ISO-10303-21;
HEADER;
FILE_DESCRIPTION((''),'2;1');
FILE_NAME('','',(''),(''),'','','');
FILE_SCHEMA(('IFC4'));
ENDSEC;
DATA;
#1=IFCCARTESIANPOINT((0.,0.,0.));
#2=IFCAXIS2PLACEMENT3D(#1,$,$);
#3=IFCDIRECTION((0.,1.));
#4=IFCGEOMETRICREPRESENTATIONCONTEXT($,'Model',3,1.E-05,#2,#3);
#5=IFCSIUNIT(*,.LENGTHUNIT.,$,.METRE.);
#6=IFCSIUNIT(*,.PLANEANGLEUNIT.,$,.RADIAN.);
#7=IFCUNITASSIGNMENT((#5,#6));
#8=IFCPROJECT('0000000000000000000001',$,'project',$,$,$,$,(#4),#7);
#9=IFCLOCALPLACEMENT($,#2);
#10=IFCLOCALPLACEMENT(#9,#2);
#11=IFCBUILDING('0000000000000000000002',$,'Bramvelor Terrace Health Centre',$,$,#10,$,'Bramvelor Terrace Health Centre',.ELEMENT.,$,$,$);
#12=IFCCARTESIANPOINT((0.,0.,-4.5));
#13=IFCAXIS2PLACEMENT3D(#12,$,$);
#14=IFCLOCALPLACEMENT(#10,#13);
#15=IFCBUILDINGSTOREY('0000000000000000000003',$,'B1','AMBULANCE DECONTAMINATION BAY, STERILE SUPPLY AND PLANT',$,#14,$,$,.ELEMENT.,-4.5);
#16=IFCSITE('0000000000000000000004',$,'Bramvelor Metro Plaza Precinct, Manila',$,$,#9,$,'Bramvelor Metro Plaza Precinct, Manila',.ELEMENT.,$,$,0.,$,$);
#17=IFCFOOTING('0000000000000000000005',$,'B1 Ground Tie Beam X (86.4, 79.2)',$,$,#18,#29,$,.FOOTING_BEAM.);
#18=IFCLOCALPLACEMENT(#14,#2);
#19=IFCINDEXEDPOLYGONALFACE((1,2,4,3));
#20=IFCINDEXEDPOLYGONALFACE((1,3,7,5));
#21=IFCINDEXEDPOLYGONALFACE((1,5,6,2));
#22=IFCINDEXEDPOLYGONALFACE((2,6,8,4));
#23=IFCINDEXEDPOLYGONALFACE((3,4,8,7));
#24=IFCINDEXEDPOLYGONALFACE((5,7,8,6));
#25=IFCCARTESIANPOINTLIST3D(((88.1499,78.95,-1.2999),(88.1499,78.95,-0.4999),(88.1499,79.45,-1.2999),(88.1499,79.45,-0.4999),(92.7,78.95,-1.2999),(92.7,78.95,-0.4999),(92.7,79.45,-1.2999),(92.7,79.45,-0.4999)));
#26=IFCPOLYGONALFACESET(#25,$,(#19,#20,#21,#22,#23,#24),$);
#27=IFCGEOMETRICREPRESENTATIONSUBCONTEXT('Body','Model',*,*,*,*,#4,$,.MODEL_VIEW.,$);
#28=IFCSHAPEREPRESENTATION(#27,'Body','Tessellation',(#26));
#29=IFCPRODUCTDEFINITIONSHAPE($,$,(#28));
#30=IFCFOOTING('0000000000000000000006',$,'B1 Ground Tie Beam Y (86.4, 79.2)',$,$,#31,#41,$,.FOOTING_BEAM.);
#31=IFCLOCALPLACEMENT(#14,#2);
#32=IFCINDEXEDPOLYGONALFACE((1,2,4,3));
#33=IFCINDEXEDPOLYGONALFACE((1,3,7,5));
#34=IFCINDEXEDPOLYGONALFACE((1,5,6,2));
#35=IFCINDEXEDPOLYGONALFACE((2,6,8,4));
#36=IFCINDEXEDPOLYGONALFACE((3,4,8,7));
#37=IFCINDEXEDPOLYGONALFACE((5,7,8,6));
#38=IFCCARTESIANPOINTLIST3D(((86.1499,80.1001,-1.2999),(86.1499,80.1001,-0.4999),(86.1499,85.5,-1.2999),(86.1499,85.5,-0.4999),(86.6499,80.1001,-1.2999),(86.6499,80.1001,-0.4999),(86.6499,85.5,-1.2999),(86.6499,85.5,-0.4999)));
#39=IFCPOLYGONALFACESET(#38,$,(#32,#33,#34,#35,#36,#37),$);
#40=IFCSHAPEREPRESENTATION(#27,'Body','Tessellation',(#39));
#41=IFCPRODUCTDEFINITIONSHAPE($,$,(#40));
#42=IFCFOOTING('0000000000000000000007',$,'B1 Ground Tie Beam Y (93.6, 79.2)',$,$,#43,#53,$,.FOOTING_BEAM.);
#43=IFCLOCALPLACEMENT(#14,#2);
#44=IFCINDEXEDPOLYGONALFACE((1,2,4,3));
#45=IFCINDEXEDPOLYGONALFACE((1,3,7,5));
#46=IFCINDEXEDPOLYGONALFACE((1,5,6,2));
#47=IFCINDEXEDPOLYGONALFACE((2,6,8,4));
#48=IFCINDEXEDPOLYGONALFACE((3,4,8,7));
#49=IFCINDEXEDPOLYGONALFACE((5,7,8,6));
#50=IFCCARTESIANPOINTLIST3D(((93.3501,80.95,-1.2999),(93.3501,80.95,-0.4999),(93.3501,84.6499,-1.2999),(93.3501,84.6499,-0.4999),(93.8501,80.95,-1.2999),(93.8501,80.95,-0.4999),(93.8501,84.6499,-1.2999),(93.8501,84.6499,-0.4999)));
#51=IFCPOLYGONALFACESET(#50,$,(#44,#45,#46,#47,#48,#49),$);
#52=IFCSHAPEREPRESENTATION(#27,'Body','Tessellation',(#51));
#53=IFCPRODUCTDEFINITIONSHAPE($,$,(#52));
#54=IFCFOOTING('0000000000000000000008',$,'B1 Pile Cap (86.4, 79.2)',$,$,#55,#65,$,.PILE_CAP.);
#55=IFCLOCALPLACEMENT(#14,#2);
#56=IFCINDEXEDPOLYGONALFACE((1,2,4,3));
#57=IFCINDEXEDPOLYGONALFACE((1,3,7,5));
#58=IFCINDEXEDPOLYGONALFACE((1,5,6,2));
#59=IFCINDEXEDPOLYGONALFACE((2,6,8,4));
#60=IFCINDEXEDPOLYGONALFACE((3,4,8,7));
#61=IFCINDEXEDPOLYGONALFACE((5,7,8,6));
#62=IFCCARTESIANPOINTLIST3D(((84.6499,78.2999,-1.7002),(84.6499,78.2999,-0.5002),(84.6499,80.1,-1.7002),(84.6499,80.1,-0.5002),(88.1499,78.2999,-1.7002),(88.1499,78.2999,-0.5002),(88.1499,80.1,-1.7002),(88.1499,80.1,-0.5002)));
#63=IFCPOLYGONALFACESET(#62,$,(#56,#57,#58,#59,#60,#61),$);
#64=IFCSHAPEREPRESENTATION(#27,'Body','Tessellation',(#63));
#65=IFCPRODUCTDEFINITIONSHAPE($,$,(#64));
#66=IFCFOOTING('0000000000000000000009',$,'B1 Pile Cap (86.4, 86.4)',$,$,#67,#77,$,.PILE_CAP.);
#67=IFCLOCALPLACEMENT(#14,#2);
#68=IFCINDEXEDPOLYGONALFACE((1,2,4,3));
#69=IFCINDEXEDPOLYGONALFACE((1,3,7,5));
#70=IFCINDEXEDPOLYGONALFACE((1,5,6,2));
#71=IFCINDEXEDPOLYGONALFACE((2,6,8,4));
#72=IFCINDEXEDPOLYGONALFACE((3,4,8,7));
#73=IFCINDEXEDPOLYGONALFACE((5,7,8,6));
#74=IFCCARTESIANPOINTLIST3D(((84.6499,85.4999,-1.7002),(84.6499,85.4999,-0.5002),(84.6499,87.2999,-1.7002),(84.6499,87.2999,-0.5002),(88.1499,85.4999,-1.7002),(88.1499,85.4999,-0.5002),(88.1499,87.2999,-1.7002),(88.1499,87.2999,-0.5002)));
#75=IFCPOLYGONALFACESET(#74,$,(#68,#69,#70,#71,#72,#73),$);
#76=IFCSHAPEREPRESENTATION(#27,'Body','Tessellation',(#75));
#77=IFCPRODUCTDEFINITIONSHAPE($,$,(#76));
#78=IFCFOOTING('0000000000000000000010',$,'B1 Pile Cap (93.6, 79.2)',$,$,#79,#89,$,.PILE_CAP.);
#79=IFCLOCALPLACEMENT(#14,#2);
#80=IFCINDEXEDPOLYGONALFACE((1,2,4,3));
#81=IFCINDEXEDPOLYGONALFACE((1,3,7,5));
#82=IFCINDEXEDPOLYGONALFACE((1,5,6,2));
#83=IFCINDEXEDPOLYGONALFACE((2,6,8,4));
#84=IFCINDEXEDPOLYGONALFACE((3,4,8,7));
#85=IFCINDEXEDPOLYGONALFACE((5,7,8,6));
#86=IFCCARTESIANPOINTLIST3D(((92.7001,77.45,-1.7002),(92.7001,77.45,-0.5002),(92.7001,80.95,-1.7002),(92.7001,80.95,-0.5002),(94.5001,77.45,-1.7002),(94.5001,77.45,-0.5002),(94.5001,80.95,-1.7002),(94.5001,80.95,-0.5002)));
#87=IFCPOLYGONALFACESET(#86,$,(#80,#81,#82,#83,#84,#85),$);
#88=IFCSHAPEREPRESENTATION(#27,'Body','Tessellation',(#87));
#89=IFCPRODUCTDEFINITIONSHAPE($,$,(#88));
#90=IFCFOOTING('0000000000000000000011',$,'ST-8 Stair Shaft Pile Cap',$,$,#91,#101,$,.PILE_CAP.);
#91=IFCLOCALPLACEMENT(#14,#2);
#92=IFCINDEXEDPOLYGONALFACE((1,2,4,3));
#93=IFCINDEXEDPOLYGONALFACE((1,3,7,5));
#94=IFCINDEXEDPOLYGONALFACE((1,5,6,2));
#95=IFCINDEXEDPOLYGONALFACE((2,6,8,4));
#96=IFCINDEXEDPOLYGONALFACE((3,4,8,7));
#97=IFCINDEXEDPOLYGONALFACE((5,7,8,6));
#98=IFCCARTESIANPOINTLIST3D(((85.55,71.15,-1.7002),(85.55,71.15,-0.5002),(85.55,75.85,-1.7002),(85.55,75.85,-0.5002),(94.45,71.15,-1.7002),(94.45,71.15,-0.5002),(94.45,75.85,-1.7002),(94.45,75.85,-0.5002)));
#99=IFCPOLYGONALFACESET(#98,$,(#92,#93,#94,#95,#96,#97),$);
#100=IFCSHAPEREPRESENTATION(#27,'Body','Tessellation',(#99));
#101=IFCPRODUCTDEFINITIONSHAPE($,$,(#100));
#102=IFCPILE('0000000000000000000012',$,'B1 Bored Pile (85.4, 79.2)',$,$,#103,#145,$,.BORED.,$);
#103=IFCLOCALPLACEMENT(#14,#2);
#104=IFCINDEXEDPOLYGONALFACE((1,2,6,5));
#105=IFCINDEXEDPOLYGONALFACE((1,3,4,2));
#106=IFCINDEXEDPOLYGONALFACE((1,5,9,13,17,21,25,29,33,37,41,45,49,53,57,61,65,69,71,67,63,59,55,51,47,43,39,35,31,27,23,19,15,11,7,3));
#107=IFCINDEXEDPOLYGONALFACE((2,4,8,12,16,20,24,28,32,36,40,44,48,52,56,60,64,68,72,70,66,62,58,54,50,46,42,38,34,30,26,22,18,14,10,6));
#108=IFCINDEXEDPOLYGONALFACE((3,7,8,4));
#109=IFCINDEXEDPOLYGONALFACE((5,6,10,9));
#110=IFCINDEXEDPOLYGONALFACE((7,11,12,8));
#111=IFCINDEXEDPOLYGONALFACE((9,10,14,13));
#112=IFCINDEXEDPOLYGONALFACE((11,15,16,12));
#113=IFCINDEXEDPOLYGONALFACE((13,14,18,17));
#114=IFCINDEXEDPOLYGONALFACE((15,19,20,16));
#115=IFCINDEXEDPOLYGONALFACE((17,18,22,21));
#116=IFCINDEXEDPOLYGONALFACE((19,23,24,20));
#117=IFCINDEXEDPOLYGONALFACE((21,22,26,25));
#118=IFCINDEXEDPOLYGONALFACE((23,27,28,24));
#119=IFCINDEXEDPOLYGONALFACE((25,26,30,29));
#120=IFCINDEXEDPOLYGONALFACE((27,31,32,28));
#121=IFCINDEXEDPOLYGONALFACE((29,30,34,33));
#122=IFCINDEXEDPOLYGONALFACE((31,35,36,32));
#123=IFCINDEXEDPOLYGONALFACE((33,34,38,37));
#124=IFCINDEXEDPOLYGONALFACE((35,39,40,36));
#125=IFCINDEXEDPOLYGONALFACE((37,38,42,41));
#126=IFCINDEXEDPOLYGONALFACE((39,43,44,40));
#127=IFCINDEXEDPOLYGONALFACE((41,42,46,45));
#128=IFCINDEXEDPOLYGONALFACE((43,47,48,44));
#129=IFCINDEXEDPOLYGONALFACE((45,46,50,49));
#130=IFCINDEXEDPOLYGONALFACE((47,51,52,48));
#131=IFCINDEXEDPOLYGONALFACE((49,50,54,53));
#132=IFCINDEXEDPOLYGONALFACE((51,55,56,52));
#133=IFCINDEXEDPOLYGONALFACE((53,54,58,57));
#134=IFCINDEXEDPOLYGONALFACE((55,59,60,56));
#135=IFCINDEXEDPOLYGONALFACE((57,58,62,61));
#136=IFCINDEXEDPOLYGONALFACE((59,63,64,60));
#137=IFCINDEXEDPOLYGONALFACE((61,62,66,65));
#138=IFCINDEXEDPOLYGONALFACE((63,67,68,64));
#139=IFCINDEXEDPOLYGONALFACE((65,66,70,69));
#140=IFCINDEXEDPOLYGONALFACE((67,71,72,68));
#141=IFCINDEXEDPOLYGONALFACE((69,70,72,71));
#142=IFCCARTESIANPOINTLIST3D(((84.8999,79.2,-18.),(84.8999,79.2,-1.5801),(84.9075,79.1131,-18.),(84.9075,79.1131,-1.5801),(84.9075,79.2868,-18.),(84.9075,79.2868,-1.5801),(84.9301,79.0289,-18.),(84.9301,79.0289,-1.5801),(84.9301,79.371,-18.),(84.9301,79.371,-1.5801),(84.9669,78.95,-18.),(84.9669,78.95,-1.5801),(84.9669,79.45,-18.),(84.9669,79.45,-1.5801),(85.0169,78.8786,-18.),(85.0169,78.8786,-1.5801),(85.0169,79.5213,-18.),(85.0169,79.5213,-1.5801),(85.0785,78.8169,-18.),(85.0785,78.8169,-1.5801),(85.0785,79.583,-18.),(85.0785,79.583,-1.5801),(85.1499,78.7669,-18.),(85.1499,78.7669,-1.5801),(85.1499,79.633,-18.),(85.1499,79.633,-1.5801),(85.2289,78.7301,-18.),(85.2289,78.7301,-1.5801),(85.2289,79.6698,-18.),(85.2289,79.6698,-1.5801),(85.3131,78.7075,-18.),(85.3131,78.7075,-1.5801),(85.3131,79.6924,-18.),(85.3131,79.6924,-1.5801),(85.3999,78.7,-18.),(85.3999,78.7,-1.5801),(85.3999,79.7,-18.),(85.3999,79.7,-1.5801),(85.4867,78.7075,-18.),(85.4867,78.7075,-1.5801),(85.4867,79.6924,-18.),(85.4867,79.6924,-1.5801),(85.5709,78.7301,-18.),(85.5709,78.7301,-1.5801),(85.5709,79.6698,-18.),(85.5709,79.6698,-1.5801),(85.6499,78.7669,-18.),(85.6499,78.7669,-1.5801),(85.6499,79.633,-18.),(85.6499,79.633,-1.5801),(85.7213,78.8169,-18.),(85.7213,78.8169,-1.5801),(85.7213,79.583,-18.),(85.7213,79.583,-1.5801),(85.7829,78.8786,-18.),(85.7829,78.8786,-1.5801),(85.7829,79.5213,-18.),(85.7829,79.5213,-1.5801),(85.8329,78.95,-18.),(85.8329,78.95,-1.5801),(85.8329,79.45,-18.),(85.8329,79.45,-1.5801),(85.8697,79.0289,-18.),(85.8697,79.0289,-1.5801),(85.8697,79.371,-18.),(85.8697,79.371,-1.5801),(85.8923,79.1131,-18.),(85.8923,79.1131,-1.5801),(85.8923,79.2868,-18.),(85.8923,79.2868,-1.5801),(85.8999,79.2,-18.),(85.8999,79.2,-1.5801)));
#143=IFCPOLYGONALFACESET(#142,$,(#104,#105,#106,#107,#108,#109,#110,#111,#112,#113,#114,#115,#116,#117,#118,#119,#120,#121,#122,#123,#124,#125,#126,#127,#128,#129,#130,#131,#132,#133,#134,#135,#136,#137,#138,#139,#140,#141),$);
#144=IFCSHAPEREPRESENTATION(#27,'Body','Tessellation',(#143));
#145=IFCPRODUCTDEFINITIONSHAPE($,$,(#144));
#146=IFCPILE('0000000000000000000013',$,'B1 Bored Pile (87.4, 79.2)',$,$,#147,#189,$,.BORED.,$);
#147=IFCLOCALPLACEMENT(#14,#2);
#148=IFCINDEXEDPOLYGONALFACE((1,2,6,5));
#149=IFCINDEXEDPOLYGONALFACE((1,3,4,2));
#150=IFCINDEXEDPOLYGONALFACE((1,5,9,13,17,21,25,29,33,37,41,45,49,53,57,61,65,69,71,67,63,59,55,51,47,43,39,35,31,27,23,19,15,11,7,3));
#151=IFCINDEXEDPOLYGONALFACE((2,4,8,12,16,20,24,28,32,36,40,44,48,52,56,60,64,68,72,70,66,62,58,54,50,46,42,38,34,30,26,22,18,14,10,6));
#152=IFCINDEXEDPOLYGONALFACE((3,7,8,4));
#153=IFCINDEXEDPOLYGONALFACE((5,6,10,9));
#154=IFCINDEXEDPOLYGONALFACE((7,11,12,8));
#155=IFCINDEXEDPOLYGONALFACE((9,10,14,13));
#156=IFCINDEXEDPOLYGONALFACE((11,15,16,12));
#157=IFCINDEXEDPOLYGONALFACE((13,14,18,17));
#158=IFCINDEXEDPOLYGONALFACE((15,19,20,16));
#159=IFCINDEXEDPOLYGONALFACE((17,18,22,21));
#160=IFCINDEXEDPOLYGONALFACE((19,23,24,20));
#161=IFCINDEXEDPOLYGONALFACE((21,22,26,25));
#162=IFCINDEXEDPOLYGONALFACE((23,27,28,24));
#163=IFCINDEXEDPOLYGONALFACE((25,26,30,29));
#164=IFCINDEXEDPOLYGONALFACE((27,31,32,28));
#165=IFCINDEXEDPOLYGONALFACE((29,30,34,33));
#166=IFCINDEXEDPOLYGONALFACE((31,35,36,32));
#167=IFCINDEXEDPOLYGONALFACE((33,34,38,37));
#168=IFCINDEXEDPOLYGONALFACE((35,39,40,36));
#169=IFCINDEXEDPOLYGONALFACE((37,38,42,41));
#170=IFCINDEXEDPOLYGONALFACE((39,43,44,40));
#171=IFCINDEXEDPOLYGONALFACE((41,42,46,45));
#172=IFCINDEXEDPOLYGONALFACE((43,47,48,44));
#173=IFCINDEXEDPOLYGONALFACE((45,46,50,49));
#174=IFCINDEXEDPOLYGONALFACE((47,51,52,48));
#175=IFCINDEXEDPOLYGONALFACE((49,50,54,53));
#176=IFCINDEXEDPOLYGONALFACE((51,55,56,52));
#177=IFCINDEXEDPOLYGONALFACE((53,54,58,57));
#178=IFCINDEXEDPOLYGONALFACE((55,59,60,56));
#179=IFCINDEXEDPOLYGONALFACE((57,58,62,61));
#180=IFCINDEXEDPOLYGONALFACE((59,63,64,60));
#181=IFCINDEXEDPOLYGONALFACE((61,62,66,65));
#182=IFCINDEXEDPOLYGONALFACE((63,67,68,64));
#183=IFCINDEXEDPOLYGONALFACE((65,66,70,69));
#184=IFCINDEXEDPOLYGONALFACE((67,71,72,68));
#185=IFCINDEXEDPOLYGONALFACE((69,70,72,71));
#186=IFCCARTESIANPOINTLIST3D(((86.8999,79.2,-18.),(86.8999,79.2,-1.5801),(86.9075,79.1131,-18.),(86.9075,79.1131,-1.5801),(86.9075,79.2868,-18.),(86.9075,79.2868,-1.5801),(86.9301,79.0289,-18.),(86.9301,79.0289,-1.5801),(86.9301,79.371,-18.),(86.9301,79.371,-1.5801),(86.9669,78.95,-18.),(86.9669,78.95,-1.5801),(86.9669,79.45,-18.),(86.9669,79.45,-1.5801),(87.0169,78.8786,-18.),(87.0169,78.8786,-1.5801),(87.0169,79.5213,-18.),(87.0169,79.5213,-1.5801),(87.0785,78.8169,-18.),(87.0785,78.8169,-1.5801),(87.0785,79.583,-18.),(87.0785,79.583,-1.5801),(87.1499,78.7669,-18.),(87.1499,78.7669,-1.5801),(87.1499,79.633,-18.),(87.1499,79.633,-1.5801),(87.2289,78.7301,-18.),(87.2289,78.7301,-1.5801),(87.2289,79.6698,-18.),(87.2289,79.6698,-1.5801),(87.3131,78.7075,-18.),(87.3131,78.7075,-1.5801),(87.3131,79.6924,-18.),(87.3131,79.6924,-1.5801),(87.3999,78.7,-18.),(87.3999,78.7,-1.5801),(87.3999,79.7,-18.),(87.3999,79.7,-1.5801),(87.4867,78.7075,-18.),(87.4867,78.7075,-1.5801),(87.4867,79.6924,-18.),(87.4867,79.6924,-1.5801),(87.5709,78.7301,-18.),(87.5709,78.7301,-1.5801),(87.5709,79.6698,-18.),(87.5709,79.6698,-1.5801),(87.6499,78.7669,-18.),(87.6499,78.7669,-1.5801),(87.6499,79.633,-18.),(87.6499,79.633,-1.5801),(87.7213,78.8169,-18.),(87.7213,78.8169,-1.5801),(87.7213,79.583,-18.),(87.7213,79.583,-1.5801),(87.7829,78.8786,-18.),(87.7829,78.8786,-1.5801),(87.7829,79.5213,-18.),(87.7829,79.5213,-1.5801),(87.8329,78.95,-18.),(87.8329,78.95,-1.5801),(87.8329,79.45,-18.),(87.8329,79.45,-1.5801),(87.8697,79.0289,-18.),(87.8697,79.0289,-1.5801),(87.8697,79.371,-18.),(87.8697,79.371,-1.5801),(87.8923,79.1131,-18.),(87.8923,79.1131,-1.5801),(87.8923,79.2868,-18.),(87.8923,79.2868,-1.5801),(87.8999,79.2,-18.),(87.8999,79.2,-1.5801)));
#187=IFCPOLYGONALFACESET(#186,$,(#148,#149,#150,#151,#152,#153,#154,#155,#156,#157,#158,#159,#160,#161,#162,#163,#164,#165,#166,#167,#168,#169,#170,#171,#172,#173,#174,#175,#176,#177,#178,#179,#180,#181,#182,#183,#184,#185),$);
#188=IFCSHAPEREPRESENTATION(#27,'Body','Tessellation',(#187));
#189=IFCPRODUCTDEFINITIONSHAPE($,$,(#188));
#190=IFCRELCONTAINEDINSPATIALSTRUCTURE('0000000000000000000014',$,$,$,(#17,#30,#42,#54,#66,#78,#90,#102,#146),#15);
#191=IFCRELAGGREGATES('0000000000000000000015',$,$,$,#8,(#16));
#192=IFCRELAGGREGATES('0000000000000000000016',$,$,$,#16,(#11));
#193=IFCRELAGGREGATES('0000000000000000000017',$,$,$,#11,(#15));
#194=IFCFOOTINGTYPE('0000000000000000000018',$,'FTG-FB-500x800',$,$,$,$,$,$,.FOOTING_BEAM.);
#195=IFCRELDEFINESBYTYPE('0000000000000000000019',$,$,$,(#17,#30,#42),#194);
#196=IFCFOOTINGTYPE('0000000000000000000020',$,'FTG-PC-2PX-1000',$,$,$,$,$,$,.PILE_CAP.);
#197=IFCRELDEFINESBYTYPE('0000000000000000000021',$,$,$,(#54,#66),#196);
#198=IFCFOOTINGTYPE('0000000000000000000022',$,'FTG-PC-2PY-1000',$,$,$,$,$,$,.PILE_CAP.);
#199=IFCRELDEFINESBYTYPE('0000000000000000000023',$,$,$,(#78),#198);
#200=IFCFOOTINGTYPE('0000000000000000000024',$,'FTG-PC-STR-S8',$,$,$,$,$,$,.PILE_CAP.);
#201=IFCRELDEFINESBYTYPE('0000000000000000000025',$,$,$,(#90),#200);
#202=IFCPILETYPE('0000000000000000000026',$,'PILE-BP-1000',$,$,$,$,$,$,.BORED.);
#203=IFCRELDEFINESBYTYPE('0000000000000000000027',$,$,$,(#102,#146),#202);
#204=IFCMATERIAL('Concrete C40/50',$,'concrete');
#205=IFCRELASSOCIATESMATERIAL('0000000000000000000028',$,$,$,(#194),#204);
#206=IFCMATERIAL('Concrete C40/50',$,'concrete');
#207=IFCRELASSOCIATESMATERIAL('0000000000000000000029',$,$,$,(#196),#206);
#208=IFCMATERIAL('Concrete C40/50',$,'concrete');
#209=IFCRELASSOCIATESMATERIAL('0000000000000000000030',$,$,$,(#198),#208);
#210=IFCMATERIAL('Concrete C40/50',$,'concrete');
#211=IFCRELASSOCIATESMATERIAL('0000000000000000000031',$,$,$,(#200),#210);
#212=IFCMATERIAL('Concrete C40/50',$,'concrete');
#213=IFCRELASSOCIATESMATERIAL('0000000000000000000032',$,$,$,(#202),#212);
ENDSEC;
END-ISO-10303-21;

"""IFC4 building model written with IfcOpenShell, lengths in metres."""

from ifc_helpers import new_model, si_unit, direction, frame, origin, origin_2d, place, context, subcontext, project, spatial, rectangle, circle, extrude, material, material_profile, profile_set, type_object, element, save


model = new_model("IFC4")

# Units and contexts
model_context = context("Model", 3, precision=1e-05, world=origin(), true_north=direction((0.0, 1.0)))
body_context = subcontext(model_context, "Body", "Model", "MODEL_VIEW")
ifc_project = project(units=[si_unit("LENGTHUNIT", "METRE"), si_unit("PLANEANGLEUNIT", "RADIAN")], contexts=[model_context])

# Site, building, storey
site_placement = place(None, origin())
site = spatial("IfcSite", under=ifc_project, at=site_placement, Name="Bramvelor Metro Plaza Precinct, Manila", LongName="Bramvelor Metro Plaza Precinct, Manila", CompositionType="ELEMENT", RefElevation=0.0)
building_placement = place(site_placement, origin())
building = spatial("IfcBuilding", under=site, at=building_placement, Name="Bramvelor Terrace Health Centre", LongName="Bramvelor Terrace Health Centre", CompositionType="ELEMENT")
storey_placement = place(building_placement, frame((0.0, 0.0, -4.5)))
storey = spatial("IfcBuildingStorey", under=building, at=storey_placement, Name="B1", Description="AMBULANCE DECONTAMINATION BAY, STERILE SUPPLY AND PLANT", CompositionType="ELEMENT", Elevation=-4.5)

# Footings
ifc_material_1 = material(Name="Concrete C40/50", Category="concrete")
ifc_material_profile_1 = material_profile(ifc_material_1, rectangle(XDim=0.5, YDim=0.8, at=origin_2d()), Name="RC 500x800")
ifc_profile_set_1 = profile_set([ifc_material_profile_1], Name="Concrete C40/50")
footing_type_1 = type_object("IfcFootingType", Name="FTG-FB-500x800", PredefinedType="FOOTING_BEAM", material=ifc_profile_set_1)
footing_1_placement = place(storey_placement, frame((88.1499, 79.2, -0.8999), z_axis=(1.0, 0.0, 0.0), x_axis=(0.0, 1.0, 0.0)))
element("IfcFooting", 1, at=footing_1_placement, inside=storey, type_object=footing_type_1, Name="B1 Ground Tie Beam X (86.4, 79.2)", PredefinedType="FOOTING_BEAM", context=body_context, shape_type="SweptSolid", body=[
    extrude(rectangle(XDim=0.5, YDim=0.8, at=origin_2d()), origin(), (0.0, 0.0, 1.0), 4.55),
])
footing_2_placement = place(storey_placement, frame((86.3999, 80.1001, -0.8999), z_axis=(0.0, 1.0, 0.0), x_axis=(-1.0, 0.0, 0.0)))
element("IfcFooting", 2, at=footing_2_placement, inside=storey, type_object=footing_type_1, Name="B1 Ground Tie Beam Y (86.4, 79.2)", PredefinedType="FOOTING_BEAM", context=body_context, shape_type="SweptSolid", body=[
    extrude(rectangle(XDim=0.5, YDim=0.8, at=origin_2d()), origin(), (0.0, 0.0, 1.0), 5.3999),
])
footing_3_placement = place(storey_placement, frame((93.6001, 80.95, -0.8999), z_axis=(0.0, 1.0, 0.0), x_axis=(-1.0, 0.0, 0.0)))
element("IfcFooting", 3, at=footing_3_placement, inside=storey, type_object=footing_type_1, Name="B1 Ground Tie Beam Y (93.6, 79.2)", PredefinedType="FOOTING_BEAM", context=body_context, shape_type="SweptSolid", body=[
    extrude(rectangle(XDim=0.5, YDim=0.8, at=origin_2d()), origin(), (0.0, 0.0, 1.0), 3.7),
])
ifc_material_2 = material(Name="Concrete C40/50", Category="concrete")
footing_type_2 = type_object("IfcFootingType", Name="FTG-PC-2PX-1000", PredefinedType="PILE_CAP", material=ifc_material_2)
for number, where, z_axis, x_axis, name in (
    (4, (86.3999, 79.2, -1.7002), (0.0, 0.0, 1.0), (1.0, 0.0, 0.0), "B1 Pile Cap (86.4, 79.2)"),
    (5, (86.3999, 86.3999, -1.7002), (0.0, 0.0, 1.0), (1.0, 0.0, 0.0), "B1 Pile Cap (86.4, 86.4)"),
):
    element("IfcFooting", number, at=place(storey_placement, frame(where, z_axis=z_axis, x_axis=x_axis)), inside=storey, type_object=footing_type_2, Name=name, PredefinedType="PILE_CAP", context=body_context, shape_type="SweptSolid", body=[
        extrude(rectangle(XDim=3.5, YDim=1.8, at=origin_2d()), origin(), (0.0, 0.0, 1.0), 1.2),
    ])
ifc_material_3 = material(Name="Concrete C40/50", Category="concrete")
footing_type_3 = type_object("IfcFootingType", Name="FTG-PC-2PY-1000", PredefinedType="PILE_CAP", material=ifc_material_3)
footing_4_placement = place(storey_placement, frame((93.6001, 79.2, -1.7002), z_axis=(0.0, 0.0, 1.0), x_axis=(1.0, 0.0, 0.0)))
element("IfcFooting", 6, at=footing_4_placement, inside=storey, type_object=footing_type_3, Name="B1 Pile Cap (93.6, 79.2)", PredefinedType="PILE_CAP", context=body_context, shape_type="SweptSolid", body=[
    extrude(rectangle(XDim=1.8, YDim=3.5, at=origin_2d()), origin(), (0.0, 0.0, 1.0), 1.2),
])
ifc_material_4 = material(Name="Concrete C40/50", Category="concrete")
footing_type_4 = type_object("IfcFootingType", Name="FTG-PC-STR-S8", PredefinedType="PILE_CAP", material=ifc_material_4)
footing_5_placement = place(storey_placement, frame((90.0, 73.5, -1.7002), z_axis=(0.0, 0.0, 1.0), x_axis=(1.0, 0.0, 0.0)))
element("IfcFooting", 7, at=footing_5_placement, inside=storey, type_object=footing_type_4, Name="ST-8 Stair Shaft Pile Cap", PredefinedType="PILE_CAP", context=body_context, shape_type="SweptSolid", body=[
    extrude(rectangle(XDim=8.8999, YDim=4.7, at=origin_2d()), origin(), (0.0, 0.0, 1.0), 1.2),
])

# Piles
ifc_material_5 = material(Name="Concrete C40/50", Category="concrete")
ifc_material_profile_2 = material_profile(ifc_material_5, circle(Radius=0.5, at=origin_2d()), Name="BP D1000")
ifc_profile_set_2 = profile_set([ifc_material_profile_2], Name="Concrete C40/50")
pile_type_1 = type_object("IfcPileType", Name="PILE-BP-1000", PredefinedType="BORED", material=ifc_profile_set_2)
for number, where, z_axis, x_axis, name in (
    (8, (85.3999, 79.2, -1.5801), (0.0, 0.0, -1.0), (1.0, 0.0, 0.0), "B1 Bored Pile (85.4, 79.2)"),
    (9, (87.3999, 79.2, -1.5801), (0.0, 0.0, -1.0), (1.0, 0.0, 0.0), "B1 Bored Pile (87.4, 79.2)"),
):
    element("IfcPile", number, at=place(storey_placement, frame(where, z_axis=z_axis, x_axis=x_axis)), inside=storey, type_object=pile_type_1, Name=name, PredefinedType="BORED", context=body_context, shape_type="SweptSolid", body=[
        extrude(circle(Radius=0.5, at=origin_2d()), origin(), (0.0, 0.0, 1.0), 16.4199),
    ])

save(model, "model.ifc")
